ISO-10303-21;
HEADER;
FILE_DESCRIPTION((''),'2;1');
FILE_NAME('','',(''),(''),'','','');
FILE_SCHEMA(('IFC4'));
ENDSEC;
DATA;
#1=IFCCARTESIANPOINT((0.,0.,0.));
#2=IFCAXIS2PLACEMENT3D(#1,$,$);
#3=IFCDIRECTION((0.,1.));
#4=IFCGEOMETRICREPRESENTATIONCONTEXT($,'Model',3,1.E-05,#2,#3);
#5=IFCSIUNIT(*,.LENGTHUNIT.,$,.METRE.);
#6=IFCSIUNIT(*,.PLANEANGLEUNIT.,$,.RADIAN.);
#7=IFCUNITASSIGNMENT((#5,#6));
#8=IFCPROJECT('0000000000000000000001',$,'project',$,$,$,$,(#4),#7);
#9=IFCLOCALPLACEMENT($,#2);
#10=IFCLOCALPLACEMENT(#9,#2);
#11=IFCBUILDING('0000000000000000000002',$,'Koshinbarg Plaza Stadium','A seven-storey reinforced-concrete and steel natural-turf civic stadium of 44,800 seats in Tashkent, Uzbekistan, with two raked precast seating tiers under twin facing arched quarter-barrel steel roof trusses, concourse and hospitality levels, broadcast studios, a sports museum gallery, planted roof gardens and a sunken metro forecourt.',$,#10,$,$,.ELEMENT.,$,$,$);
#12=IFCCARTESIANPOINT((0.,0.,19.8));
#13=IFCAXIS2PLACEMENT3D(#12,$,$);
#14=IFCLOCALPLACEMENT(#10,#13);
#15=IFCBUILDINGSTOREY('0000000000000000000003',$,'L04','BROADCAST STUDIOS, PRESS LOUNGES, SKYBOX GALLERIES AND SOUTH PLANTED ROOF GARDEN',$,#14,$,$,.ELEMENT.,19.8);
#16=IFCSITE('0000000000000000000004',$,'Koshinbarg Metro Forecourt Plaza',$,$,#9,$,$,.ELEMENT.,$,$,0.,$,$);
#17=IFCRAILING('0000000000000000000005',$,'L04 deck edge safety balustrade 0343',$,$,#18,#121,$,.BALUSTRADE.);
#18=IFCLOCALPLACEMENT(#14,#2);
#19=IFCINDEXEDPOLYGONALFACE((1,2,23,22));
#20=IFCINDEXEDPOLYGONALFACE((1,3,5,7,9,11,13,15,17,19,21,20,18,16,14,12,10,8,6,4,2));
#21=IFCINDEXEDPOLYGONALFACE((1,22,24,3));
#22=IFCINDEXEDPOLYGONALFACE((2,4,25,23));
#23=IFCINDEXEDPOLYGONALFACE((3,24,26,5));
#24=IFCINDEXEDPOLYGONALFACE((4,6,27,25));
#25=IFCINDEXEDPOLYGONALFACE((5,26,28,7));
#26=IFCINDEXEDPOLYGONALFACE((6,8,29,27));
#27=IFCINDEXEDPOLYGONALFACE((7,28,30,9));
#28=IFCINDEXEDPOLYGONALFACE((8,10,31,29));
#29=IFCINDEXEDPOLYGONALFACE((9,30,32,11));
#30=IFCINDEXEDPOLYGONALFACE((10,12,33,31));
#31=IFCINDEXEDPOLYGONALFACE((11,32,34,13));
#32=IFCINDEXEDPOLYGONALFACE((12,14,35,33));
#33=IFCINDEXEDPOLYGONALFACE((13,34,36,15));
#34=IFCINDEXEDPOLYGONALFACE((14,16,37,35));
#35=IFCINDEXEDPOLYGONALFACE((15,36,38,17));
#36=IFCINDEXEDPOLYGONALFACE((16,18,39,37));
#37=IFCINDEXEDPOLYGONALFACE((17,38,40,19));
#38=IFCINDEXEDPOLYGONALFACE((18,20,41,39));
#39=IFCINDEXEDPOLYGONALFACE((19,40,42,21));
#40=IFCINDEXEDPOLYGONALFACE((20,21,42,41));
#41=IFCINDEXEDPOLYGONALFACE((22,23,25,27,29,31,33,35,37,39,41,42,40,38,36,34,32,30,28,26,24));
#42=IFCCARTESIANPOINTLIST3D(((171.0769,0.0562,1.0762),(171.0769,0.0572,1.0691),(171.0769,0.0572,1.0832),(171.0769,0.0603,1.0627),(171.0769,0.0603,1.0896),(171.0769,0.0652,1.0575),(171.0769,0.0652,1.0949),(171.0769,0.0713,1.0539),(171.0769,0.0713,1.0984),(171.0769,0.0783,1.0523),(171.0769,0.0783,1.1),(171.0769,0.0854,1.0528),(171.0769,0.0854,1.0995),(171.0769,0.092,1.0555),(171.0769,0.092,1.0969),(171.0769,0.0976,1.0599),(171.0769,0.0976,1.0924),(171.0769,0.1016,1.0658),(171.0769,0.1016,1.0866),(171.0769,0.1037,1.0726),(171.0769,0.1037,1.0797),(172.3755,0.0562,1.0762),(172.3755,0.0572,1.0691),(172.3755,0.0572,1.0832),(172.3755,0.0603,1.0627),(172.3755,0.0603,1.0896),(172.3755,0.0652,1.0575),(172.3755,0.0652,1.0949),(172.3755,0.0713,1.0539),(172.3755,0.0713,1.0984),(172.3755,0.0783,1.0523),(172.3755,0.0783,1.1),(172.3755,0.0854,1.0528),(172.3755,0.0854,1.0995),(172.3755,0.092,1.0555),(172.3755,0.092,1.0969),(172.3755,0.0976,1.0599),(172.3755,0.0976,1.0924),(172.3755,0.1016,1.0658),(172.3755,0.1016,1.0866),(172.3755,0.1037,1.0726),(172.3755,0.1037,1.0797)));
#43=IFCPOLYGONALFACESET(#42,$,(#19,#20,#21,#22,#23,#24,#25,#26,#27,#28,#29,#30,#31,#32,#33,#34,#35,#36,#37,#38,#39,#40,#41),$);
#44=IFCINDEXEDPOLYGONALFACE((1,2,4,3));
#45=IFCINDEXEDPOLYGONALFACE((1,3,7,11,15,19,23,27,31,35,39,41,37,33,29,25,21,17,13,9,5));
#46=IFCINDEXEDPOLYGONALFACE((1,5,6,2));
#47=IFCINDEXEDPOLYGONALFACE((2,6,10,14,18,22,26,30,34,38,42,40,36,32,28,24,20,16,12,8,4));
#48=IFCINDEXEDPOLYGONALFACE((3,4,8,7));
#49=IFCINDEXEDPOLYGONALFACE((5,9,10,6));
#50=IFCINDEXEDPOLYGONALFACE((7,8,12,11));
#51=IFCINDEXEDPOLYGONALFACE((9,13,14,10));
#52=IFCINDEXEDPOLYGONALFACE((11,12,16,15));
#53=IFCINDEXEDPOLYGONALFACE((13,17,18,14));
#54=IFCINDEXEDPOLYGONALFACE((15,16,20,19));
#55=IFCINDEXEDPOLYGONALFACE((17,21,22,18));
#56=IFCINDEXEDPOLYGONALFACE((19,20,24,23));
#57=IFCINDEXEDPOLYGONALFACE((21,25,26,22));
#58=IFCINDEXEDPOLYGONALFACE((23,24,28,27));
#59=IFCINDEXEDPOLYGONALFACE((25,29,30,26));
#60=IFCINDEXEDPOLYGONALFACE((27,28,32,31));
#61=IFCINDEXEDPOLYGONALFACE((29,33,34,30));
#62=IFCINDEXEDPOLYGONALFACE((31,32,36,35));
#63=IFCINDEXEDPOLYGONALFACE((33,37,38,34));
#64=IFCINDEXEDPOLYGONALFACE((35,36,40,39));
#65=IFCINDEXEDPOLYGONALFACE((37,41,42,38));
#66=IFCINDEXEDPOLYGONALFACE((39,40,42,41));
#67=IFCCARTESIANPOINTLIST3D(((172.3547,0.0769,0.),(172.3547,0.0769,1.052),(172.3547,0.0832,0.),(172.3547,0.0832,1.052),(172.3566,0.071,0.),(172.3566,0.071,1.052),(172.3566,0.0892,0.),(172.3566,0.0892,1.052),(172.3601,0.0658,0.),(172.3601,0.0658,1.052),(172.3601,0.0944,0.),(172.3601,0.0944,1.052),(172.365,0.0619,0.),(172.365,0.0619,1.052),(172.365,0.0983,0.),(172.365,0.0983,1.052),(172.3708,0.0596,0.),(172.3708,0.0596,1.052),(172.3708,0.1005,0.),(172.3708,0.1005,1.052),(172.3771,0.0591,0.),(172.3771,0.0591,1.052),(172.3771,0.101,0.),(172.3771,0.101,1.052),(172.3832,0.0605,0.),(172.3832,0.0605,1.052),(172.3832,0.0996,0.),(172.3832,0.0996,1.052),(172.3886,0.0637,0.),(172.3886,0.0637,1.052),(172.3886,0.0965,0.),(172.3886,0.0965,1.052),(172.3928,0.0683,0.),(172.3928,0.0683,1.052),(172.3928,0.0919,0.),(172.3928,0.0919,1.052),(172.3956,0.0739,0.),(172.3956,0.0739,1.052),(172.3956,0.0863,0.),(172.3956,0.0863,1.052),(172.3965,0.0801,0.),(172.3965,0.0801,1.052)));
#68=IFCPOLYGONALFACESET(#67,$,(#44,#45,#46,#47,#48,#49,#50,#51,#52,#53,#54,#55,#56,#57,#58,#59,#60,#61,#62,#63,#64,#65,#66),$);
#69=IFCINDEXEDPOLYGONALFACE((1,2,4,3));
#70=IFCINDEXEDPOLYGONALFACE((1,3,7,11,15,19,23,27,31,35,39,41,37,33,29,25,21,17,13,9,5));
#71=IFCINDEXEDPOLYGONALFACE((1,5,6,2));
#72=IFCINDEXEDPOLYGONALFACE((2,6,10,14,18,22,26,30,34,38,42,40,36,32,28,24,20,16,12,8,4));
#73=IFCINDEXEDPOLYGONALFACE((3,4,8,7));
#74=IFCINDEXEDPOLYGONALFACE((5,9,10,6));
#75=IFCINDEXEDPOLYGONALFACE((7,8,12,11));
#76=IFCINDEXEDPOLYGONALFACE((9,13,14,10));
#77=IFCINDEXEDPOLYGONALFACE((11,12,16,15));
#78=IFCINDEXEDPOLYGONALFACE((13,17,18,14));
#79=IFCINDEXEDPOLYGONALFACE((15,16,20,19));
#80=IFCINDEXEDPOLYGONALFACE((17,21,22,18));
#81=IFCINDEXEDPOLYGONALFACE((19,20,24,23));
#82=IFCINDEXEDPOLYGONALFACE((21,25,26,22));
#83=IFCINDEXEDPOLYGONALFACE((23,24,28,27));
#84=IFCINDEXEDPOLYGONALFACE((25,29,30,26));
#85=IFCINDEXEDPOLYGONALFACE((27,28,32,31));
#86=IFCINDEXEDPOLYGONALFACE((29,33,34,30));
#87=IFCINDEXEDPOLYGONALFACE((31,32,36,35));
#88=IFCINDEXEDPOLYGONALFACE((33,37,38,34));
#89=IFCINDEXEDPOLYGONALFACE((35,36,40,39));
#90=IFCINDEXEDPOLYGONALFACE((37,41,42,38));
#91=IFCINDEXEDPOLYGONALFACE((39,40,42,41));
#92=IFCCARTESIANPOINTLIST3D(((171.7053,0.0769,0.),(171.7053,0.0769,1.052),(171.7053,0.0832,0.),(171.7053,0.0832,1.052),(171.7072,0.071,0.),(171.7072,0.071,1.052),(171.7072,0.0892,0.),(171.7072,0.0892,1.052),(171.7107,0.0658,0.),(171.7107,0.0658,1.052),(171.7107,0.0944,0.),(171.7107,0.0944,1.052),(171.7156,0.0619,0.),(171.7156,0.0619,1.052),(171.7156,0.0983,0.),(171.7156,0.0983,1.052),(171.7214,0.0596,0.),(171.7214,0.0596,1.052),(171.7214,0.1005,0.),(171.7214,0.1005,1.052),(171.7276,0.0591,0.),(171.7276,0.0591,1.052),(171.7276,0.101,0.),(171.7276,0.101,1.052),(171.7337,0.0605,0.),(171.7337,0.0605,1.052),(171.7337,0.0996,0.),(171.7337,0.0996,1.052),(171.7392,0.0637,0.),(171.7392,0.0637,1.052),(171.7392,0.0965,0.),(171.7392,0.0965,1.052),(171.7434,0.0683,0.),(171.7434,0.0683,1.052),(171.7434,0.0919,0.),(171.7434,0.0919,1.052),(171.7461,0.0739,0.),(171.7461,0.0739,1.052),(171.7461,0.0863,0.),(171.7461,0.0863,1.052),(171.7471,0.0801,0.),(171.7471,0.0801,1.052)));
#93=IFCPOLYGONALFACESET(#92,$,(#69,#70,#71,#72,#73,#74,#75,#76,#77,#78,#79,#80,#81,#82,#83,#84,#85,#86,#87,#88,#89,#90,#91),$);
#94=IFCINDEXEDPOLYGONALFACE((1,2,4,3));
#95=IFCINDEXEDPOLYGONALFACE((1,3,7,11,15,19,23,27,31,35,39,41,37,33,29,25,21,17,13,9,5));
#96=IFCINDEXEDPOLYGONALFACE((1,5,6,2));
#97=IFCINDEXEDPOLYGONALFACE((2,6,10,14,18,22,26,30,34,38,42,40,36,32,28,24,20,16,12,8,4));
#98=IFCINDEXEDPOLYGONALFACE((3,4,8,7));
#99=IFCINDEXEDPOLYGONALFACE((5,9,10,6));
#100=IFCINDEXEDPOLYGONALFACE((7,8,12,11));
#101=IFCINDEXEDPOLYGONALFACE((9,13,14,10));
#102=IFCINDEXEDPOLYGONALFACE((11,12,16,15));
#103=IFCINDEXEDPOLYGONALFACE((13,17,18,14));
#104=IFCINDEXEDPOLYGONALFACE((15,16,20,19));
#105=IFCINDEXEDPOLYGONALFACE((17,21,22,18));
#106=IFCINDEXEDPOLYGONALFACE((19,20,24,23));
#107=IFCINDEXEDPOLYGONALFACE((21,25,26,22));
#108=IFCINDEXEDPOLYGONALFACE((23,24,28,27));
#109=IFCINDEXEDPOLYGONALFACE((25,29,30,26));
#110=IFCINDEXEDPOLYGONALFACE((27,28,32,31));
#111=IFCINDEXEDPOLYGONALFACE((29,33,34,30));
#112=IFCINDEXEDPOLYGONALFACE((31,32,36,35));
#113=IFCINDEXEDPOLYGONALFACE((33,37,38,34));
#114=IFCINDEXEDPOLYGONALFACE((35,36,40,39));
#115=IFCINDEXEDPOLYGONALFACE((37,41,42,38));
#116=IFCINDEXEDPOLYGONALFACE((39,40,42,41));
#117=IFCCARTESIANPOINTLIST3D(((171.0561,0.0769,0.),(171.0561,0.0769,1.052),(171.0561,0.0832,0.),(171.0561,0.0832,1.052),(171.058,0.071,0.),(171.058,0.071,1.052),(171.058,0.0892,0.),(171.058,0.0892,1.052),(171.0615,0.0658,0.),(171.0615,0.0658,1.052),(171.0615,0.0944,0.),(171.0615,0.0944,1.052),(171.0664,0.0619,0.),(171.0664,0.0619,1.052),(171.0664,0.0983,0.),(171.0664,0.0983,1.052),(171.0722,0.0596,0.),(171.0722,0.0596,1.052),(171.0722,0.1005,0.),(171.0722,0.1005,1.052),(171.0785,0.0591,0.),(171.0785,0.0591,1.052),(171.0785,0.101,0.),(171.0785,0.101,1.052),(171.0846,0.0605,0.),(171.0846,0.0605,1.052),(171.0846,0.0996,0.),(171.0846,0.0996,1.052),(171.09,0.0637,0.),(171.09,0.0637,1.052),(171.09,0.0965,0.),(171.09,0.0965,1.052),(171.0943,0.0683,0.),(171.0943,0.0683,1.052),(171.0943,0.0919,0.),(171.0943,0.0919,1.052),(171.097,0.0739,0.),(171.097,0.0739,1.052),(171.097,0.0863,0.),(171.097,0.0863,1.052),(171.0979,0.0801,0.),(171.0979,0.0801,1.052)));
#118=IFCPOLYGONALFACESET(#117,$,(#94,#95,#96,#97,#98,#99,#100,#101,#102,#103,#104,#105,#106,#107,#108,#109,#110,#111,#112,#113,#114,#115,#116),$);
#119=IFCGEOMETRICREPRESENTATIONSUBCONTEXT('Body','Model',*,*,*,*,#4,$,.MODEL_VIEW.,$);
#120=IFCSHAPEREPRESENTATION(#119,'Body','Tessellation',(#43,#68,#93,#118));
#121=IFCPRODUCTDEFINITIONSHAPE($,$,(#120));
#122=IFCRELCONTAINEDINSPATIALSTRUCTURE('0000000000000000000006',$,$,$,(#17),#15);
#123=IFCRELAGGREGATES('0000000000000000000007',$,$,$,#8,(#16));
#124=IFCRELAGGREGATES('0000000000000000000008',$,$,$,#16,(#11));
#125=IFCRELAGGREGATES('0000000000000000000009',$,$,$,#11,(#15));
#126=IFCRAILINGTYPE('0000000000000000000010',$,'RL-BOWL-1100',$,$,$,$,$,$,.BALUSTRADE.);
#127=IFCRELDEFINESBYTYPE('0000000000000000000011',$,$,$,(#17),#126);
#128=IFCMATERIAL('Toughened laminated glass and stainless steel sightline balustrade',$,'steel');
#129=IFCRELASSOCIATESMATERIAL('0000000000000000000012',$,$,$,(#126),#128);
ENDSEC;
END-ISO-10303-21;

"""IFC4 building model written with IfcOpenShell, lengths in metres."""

from ifc_helpers import new_model, si_unit, direction, frame, origin, origin_2d, place, context, subcontext, project, spatial, circle, extrude, material, type_object, element, save


model = new_model("IFC4")

# Units and contexts
model_context = context("Model", 3, precision=1e-05, world=origin(), true_north=direction((0.0, 1.0)))
body_context = subcontext(model_context, "Body", "Model", "MODEL_VIEW")
ifc_project = project(units=[si_unit("LENGTHUNIT", "METRE"), si_unit("PLANEANGLEUNIT", "RADIAN")], contexts=[model_context])

# Site, building, storey
site_placement = place(None, origin())
site = spatial("IfcSite", under=ifc_project, at=site_placement, Name="Koshinbarg Metro Forecourt Plaza", CompositionType="ELEMENT", RefElevation=0.0)
building_placement = place(site_placement, origin())
building = spatial("IfcBuilding", under=site, at=building_placement, Name="Koshinbarg Plaza Stadium", Description="A seven-storey reinforced-concrete and steel natural-turf civic stadium of 44,800 seats in Tashkent, Uzbekistan, with two raked precast seating tiers under twin facing arched quarter-barrel steel roof trusses, concourse and hospitality levels, broadcast studios, a sports museum gallery, planted roof gardens and a sunken metro forecourt.", CompositionType="ELEMENT")
storey_placement = place(building_placement, frame((0.0, 0.0, 19.8)))
storey = spatial("IfcBuildingStorey", under=building, at=storey_placement, Name="L04", Description="BROADCAST STUDIOS, PRESS LOUNGES, SKYBOX GALLERIES AND SOUTH PLANTED ROOF GARDEN", CompositionType="ELEMENT", Elevation=19.8)

# Railing
ifc_material_1 = material(Name="Toughened laminated glass and stainless steel sightline balustrade", Category="steel")
railing_type = type_object("IfcRailingType", Name="RL-BOWL-1100", PredefinedType="BALUSTRADE", material=ifc_material_1)
railing_1_placement = place(storey_placement, frame((172.3755, 0.0801, 0.0)))
element("IfcRailing", 1, at=railing_1_placement, inside=storey, type_object=railing_type, Name="L04 deck edge safety balustrade 0343", PredefinedType="BALUSTRADE", context=body_context, shape_type="SweptSolid", body=[
    extrude(circle(Radius=0.0239, at=origin_2d()), frame((0.0, 0.0, 1.0762), z_axis=(-1.0, 0.0, 0.0), x_axis=(0.0, -1.0, 0.0)), (0.0, 0.0, 1.0), 1.2986),
    extrude(circle(Radius=0.021, at=origin_2d()), origin(), (0.0, 0.0, 1.0), 1.052),
    extrude(circle(Radius=0.021, at=origin_2d()), frame((-0.6494, 0.0, 0.0)), (0.0, 0.0, 1.0), 1.052),
    extrude(circle(Radius=0.021, at=origin_2d()), frame((-1.2986, 0.0, 0.0)), (0.0, 0.0, 1.0), 1.052),
])

save(model, "model.ifc")
